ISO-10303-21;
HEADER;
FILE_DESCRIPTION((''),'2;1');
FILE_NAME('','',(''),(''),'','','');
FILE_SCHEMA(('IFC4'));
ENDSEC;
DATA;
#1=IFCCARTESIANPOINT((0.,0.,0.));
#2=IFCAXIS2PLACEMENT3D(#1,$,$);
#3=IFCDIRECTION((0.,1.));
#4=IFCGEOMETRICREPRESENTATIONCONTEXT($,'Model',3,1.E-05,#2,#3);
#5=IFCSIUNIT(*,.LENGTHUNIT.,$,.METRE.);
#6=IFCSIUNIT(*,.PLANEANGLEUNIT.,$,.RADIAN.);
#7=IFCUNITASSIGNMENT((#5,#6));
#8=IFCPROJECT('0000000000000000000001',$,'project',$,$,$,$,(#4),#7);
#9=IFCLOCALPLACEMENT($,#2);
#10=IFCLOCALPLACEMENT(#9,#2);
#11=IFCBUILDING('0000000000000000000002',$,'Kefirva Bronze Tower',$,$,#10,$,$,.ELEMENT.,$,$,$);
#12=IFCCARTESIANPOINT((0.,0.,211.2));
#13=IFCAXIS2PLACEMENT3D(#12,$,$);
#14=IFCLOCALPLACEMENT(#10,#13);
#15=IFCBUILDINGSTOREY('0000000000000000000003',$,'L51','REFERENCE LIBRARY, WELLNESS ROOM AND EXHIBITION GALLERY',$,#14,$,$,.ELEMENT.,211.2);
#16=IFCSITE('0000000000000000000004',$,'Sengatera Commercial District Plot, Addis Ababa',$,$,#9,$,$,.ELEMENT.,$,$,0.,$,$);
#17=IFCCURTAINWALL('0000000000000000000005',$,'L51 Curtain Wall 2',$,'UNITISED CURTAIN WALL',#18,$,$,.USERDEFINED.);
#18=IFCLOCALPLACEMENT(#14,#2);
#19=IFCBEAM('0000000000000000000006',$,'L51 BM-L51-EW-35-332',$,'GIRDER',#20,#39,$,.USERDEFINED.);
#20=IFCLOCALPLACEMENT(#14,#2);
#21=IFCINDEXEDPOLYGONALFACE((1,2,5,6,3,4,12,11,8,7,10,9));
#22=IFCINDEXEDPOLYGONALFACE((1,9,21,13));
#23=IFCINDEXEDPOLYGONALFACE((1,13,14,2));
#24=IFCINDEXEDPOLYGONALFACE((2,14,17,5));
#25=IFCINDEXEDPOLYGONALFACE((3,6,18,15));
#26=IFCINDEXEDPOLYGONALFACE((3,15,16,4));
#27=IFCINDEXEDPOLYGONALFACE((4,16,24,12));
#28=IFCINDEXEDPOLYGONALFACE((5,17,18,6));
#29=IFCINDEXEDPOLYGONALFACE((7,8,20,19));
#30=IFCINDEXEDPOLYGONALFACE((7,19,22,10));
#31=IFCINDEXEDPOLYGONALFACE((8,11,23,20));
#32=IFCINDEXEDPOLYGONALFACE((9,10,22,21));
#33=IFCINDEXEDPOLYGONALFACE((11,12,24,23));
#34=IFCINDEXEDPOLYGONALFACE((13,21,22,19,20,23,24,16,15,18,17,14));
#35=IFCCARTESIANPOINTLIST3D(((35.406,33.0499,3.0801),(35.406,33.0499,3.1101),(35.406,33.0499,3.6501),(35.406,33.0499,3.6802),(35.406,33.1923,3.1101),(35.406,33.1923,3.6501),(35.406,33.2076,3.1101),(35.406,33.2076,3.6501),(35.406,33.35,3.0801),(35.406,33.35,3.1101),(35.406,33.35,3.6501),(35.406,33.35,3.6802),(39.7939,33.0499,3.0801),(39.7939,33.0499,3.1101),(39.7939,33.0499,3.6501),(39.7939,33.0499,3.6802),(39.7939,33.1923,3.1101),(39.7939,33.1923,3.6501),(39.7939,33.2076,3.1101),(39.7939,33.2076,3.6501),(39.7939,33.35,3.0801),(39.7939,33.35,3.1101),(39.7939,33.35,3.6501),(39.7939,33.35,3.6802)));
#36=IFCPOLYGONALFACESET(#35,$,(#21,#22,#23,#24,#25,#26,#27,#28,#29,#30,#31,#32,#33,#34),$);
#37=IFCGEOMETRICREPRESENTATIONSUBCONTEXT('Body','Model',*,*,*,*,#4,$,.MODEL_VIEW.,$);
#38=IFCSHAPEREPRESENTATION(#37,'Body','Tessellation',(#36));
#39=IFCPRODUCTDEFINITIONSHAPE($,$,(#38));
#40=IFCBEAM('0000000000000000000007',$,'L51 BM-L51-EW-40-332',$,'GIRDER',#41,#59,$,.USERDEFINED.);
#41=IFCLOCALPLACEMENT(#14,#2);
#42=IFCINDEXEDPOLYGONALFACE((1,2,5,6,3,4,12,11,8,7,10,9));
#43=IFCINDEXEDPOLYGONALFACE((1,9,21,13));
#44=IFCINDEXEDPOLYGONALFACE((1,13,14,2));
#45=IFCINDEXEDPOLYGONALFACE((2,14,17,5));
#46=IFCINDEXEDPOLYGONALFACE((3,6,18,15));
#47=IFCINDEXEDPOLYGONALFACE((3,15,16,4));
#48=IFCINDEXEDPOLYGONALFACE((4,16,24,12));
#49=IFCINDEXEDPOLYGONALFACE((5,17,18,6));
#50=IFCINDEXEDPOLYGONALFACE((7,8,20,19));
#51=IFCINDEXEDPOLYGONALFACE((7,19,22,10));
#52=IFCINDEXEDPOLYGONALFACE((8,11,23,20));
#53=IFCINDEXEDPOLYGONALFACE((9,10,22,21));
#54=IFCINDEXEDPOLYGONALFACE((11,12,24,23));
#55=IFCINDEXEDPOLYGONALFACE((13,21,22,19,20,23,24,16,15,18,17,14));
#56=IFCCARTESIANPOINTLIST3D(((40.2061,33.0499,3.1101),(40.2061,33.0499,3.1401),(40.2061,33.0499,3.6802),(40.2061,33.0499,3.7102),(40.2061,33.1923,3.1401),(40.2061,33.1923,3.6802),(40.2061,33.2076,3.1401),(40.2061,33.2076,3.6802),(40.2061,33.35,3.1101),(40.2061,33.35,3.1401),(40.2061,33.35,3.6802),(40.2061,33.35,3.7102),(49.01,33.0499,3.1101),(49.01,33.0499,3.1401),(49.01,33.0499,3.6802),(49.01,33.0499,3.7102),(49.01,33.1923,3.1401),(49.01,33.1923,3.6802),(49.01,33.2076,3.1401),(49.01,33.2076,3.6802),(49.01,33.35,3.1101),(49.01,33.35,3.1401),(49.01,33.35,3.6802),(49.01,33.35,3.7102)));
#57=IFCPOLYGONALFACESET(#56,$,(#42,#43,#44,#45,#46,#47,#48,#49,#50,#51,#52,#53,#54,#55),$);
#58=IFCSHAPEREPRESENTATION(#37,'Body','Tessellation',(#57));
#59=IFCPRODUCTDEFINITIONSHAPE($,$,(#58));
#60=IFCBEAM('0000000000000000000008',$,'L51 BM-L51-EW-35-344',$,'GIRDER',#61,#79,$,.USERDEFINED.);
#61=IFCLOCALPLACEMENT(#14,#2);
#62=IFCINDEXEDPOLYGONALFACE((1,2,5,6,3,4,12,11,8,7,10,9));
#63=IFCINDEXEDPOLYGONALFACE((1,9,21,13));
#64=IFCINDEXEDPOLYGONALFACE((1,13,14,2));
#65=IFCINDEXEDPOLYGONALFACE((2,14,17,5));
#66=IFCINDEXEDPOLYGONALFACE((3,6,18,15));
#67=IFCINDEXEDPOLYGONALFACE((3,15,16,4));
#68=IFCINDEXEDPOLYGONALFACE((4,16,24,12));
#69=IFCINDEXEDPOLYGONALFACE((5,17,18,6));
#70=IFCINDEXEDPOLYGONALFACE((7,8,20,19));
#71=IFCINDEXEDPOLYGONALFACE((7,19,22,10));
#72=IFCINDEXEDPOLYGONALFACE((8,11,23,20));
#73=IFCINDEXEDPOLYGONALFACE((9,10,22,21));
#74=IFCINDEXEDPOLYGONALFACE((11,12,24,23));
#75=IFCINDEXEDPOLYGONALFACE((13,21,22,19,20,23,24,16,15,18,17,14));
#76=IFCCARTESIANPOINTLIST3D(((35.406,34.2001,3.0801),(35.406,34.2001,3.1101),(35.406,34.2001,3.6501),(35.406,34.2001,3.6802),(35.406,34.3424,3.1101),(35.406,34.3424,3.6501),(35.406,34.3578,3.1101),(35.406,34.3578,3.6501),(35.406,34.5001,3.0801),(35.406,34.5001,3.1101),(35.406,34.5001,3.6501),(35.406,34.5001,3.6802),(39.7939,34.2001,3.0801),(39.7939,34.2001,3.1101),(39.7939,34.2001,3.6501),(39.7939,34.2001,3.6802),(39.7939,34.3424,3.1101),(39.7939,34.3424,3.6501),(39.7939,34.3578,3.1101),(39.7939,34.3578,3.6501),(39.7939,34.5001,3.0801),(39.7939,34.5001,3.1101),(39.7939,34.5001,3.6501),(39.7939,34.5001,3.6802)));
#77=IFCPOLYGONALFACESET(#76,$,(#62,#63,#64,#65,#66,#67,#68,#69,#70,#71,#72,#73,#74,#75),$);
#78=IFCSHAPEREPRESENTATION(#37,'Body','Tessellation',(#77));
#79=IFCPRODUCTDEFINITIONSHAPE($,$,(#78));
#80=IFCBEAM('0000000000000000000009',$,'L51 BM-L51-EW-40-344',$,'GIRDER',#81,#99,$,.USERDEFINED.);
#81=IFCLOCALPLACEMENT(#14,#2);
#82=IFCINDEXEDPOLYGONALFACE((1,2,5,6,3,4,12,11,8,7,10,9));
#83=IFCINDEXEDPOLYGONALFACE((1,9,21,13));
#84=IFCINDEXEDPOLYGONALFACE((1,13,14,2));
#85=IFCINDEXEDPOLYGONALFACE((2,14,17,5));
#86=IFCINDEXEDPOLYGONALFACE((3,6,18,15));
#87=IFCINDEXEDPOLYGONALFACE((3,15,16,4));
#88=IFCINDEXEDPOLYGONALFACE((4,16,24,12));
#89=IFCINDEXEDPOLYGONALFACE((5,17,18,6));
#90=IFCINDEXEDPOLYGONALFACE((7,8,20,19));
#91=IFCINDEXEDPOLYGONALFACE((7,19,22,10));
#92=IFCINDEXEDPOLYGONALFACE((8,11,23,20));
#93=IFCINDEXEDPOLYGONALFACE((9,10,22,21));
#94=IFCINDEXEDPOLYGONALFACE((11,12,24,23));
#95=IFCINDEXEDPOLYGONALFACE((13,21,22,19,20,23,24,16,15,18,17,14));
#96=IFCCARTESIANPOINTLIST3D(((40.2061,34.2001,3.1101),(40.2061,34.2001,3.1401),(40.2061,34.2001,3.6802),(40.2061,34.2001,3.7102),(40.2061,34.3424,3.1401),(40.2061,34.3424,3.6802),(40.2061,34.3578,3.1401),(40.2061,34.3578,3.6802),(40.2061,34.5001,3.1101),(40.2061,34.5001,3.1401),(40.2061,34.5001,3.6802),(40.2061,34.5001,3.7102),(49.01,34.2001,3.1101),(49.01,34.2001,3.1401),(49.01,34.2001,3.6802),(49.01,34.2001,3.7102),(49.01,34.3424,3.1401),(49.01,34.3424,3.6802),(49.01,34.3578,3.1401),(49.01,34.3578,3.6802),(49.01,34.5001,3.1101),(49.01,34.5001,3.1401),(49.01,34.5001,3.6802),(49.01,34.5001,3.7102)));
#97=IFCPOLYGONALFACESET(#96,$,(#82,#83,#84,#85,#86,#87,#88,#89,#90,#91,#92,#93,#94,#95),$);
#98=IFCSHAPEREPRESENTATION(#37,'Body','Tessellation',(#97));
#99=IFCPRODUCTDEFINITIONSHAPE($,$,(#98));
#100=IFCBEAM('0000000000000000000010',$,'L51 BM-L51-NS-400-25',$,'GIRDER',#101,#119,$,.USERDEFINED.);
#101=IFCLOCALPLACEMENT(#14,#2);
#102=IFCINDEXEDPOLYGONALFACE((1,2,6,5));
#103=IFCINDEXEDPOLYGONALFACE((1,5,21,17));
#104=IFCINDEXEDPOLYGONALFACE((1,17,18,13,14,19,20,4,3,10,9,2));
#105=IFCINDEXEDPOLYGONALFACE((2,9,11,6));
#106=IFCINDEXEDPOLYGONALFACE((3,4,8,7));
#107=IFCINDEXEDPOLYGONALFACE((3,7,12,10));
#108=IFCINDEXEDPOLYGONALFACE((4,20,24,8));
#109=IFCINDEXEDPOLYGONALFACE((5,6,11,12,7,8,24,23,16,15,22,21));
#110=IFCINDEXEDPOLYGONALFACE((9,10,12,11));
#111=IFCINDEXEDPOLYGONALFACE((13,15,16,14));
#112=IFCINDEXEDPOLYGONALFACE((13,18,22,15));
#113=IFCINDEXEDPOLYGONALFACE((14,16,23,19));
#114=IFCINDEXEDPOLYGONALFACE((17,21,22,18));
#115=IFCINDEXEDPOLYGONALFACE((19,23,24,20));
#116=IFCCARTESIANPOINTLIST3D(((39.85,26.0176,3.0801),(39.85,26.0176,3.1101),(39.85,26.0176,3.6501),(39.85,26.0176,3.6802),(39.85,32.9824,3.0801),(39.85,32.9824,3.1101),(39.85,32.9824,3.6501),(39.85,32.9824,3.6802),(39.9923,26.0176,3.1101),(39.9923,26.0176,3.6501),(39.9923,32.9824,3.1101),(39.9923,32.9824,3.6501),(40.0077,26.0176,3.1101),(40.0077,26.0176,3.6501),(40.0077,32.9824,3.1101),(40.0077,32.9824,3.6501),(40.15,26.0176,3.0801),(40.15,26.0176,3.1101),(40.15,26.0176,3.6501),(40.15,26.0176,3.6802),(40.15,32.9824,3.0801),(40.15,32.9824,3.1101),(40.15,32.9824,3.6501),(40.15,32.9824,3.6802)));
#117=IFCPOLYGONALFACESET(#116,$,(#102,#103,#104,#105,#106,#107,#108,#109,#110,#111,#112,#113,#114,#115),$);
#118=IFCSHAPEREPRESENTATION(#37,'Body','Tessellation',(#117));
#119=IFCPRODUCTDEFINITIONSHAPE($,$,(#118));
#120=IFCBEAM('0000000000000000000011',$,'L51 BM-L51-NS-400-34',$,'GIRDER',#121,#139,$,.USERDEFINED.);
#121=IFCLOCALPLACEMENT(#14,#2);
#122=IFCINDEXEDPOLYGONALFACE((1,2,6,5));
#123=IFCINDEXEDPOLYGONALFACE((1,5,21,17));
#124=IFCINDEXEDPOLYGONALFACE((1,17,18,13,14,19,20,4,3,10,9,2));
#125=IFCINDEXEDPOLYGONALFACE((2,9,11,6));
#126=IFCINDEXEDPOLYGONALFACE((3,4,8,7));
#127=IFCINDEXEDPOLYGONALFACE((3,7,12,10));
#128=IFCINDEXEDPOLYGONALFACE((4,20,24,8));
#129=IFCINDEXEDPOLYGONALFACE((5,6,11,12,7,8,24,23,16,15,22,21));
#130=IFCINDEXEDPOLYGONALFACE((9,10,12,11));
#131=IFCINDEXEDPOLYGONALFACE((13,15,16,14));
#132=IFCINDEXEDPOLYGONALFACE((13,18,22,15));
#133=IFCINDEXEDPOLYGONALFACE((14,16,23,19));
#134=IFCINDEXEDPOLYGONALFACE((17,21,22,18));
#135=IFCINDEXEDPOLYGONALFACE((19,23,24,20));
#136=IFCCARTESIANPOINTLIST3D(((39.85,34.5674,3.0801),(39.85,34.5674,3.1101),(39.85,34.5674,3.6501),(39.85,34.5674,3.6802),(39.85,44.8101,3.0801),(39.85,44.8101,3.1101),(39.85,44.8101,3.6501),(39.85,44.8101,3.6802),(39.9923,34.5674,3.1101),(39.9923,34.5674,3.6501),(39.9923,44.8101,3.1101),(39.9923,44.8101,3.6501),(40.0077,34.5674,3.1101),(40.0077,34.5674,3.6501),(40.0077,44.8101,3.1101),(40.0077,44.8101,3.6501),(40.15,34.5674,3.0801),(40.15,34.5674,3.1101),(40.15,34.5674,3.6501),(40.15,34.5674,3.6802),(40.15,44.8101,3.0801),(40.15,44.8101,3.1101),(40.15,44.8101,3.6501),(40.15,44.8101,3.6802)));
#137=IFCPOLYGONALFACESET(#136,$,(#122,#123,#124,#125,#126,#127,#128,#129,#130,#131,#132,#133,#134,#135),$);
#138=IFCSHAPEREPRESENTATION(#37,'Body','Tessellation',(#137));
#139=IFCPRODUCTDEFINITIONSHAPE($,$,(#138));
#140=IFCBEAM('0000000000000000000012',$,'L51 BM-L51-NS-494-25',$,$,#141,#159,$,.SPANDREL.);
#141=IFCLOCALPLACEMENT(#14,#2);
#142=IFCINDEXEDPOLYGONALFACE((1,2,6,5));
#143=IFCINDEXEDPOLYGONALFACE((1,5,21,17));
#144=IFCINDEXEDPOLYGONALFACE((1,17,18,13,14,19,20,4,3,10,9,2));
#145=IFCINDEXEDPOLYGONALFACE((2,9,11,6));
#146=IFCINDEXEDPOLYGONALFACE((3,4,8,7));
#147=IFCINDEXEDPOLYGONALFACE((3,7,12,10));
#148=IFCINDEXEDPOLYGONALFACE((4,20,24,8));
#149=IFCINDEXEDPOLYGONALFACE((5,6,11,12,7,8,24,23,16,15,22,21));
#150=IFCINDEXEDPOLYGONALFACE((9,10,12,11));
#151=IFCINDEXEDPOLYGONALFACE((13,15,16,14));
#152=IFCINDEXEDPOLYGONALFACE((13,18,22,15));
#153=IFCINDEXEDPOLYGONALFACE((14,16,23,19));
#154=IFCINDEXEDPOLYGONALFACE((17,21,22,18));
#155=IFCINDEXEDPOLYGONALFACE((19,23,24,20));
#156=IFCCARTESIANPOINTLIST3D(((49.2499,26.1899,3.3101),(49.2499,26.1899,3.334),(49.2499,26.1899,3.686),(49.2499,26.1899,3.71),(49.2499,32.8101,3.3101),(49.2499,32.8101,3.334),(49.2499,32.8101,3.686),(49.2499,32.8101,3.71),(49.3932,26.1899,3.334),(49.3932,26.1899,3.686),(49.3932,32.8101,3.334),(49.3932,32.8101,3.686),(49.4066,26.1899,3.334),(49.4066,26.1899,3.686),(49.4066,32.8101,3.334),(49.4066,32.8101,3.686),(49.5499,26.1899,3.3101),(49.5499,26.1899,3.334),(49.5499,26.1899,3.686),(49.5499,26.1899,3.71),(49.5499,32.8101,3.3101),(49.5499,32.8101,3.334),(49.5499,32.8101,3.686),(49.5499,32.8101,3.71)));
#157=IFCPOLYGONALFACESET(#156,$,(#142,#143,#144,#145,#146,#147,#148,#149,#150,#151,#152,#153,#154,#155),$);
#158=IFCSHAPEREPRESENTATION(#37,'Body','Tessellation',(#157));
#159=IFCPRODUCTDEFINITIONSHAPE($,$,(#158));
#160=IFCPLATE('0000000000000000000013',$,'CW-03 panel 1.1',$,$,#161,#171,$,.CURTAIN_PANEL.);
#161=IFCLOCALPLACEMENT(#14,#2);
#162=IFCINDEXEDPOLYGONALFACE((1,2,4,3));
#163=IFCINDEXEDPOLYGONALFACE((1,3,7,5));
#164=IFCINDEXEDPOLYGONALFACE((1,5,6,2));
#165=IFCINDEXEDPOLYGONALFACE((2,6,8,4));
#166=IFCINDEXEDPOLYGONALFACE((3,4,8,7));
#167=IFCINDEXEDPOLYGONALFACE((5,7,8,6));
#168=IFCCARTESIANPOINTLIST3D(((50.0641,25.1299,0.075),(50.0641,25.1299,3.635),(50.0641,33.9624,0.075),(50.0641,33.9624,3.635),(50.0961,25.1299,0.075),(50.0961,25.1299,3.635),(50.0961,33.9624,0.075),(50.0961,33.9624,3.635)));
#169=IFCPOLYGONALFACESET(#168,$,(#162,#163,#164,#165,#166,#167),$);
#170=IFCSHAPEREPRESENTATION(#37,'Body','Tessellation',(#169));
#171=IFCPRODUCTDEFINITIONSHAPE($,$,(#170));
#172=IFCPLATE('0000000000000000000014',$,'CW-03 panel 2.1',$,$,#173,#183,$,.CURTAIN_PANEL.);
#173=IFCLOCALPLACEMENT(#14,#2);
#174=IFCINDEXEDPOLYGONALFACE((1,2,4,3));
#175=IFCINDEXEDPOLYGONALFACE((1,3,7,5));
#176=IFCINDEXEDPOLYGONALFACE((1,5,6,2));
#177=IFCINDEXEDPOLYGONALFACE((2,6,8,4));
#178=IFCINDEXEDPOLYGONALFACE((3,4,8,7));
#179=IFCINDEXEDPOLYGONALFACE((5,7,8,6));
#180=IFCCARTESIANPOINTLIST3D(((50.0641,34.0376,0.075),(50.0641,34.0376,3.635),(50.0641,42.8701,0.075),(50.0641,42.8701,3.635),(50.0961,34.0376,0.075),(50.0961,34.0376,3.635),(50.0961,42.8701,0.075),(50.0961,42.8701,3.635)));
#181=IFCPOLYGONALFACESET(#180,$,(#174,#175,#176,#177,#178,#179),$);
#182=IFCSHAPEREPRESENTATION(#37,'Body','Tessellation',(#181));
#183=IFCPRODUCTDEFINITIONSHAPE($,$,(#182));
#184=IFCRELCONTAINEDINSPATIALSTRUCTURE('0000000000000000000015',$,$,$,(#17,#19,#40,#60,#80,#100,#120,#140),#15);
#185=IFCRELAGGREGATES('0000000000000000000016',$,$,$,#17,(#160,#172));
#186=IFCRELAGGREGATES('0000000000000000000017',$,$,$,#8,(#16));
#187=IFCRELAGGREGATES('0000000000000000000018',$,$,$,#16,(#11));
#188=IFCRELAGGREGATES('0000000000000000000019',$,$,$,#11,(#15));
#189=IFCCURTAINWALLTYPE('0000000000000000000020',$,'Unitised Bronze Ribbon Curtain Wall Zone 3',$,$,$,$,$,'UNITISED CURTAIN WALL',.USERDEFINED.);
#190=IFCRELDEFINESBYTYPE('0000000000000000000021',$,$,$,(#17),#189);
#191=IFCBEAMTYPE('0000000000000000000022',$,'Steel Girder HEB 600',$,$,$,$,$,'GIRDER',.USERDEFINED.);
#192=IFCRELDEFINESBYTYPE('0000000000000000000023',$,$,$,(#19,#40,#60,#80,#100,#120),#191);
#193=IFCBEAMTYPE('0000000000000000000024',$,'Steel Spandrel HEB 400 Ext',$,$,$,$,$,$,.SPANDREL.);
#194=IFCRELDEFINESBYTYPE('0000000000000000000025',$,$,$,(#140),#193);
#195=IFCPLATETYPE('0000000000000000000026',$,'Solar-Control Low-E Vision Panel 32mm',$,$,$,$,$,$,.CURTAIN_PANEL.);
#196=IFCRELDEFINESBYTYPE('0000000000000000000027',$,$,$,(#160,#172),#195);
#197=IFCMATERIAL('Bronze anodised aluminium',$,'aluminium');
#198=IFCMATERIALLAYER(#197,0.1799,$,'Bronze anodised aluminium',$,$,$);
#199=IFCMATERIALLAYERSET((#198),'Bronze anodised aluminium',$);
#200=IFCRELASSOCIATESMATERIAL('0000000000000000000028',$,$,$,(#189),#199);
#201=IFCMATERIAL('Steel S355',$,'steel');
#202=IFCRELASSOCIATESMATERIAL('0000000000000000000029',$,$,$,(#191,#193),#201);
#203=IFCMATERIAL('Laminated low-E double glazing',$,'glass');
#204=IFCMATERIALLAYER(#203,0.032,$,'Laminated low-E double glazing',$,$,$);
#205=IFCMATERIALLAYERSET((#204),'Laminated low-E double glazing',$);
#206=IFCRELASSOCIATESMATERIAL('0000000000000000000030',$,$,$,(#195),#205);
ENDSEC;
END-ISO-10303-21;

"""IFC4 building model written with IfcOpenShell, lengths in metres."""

from ifc_helpers import new_model, si_unit, direction, frame, origin, origin_2d, place, context, subcontext, project, spatial, rectangle, i_section, extrude, material, layer, layer_set, material_profile, profile_set, type_object, element, aggregate, save


model = new_model("IFC4")

# Units and contexts
model_context = context("Model", 3, precision=1e-05, world=origin(), true_north=direction((0.0, 1.0)))
body_context = subcontext(model_context, "Body", "Model", "MODEL_VIEW")
ifc_project = project(units=[si_unit("LENGTHUNIT", "METRE"), si_unit("PLANEANGLEUNIT", "RADIAN")], contexts=[model_context])

# Site, building, storey
site_placement = place(None, origin())
site = spatial("IfcSite", under=ifc_project, at=site_placement, Name="Sengatera Commercial District Plot, Addis Ababa", CompositionType="ELEMENT", RefElevation=0.0)
building_placement = place(site_placement, origin())
building = spatial("IfcBuilding", under=site, at=building_placement, Name="Kefirva Bronze Tower", CompositionType="ELEMENT")
storey_placement = place(building_placement, frame((0.0, 0.0, 211.2)))
storey = spatial("IfcBuildingStorey", under=building, at=storey_placement, Name="L51", Description="REFERENCE LIBRARY, WELLNESS ROOM AND EXHIBITION GALLERY", CompositionType="ELEMENT", Elevation=211.2)

# Curtain wall
ifc_material_1 = material(Name="Bronze anodised aluminium", Category="aluminium")
ifc_layer_1 = layer(ifc_material_1, 0.1799, Name="Bronze anodised aluminium")
ifc_layer_set_1 = layer_set([ifc_layer_1], Name="Bronze anodised aluminium")
curtain_wall_type = type_object("IfcCurtainWallType", Name="Unitised Bronze Ribbon Curtain Wall Zone 3", ElementType="UNITISED CURTAIN WALL", PredefinedType="USERDEFINED", material=ifc_layer_set_1)
curtain_wall_placement = place(storey_placement, origin())
curtain_wall = element("IfcCurtainWall", 1, at=curtain_wall_placement, inside=storey, type_object=curtain_wall_type, Name="L51 Curtain Wall 2", ObjectType="UNITISED CURTAIN WALL", PredefinedType="USERDEFINED")

# Beams
ifc_material_2 = material(Name="Steel S355", Category="steel")
ifc_material_profile_1 = material_profile(ifc_material_2, i_section(OverallWidth=0.3, OverallDepth=0.6001, WebThickness=0.0154, FlangeThickness=0.03, at=origin_2d()), Name="HEB 600")
ifc_profile_set_1 = profile_set([ifc_material_profile_1], Name="Steel S355")
beam_type_1 = type_object("IfcBeamType", Name="Steel Girder HEB 600", ElementType="GIRDER", PredefinedType="USERDEFINED", material=ifc_profile_set_1)
beam_1_placement = place(storey_placement, frame((35.406, 33.2, 3.3801), z_axis=(1.0, 0.0, 0.0), x_axis=(0.0, 1.0, 0.0)))
element("IfcBeam", 2, at=beam_1_placement, inside=storey, type_object=beam_type_1, Name="L51 BM-L51-EW-35-332", ObjectType="GIRDER", PredefinedType="USERDEFINED", context=body_context, shape_type="SweptSolid", body=[
    extrude(i_section(OverallWidth=0.3, OverallDepth=0.6001, WebThickness=0.0154, FlangeThickness=0.03, at=origin_2d()), origin(), (0.0, 0.0, 1.0), 4.3879),
])
beam_2_placement = place(storey_placement, frame((40.2061, 33.2, 3.4102), z_axis=(1.0, 0.0, 0.0), x_axis=(0.0, 1.0, 0.0)))
element("IfcBeam", 3, at=beam_2_placement, inside=storey, type_object=beam_type_1, Name="L51 BM-L51-EW-40-332", ObjectType="GIRDER", PredefinedType="USERDEFINED", context=body_context, shape_type="SweptSolid", body=[
    extrude(i_section(OverallWidth=0.3, OverallDepth=0.6001, WebThickness=0.0154, FlangeThickness=0.03, at=origin_2d()), origin(), (0.0, 0.0, 1.0), 8.804),
])
beam_3_placement = place(storey_placement, frame((35.406, 34.3501, 3.3801), z_axis=(1.0, 0.0, 0.0), x_axis=(0.0, 1.0, 0.0)))
element("IfcBeam", 4, at=beam_3_placement, inside=storey, type_object=beam_type_1, Name="L51 BM-L51-EW-35-344", ObjectType="GIRDER", PredefinedType="USERDEFINED", context=body_context, shape_type="SweptSolid", body=[
    extrude(i_section(OverallWidth=0.3, OverallDepth=0.6001, WebThickness=0.0154, FlangeThickness=0.03, at=origin_2d()), origin(), (0.0, 0.0, 1.0), 4.3879),
])
beam_4_placement = place(storey_placement, frame((40.2061, 34.3501, 3.4102), z_axis=(1.0, 0.0, 0.0), x_axis=(0.0, 1.0, 0.0)))
element("IfcBeam", 5, at=beam_4_placement, inside=storey, type_object=beam_type_1, Name="L51 BM-L51-EW-40-344", ObjectType="GIRDER", PredefinedType="USERDEFINED", context=body_context, shape_type="SweptSolid", body=[
    extrude(i_section(OverallWidth=0.3, OverallDepth=0.6001, WebThickness=0.0154, FlangeThickness=0.03, at=origin_2d()), origin(), (0.0, 0.0, 1.0), 8.804),
])
beam_5_placement = place(storey_placement, frame((40.0, 26.0176, 3.3801), z_axis=(0.0, 1.0, 0.0), x_axis=(-1.0, 0.0, 0.0)))
element("IfcBeam", 6, at=beam_5_placement, inside=storey, type_object=beam_type_1, Name="L51 BM-L51-NS-400-25", ObjectType="GIRDER", PredefinedType="USERDEFINED", context=body_context, shape_type="SweptSolid", body=[
    extrude(i_section(OverallWidth=0.3, OverallDepth=0.6001, WebThickness=0.0154, FlangeThickness=0.03, at=origin_2d()), origin(), (0.0, 0.0, 1.0), 6.9648),
])
beam_6_placement = place(storey_placement, frame((40.0, 34.5674, 3.3801), z_axis=(0.0, 1.0, 0.0), x_axis=(-1.0, 0.0, 0.0)))
element("IfcBeam", 7, at=beam_6_placement, inside=storey, type_object=beam_type_1, Name="L51 BM-L51-NS-400-34", ObjectType="GIRDER", PredefinedType="USERDEFINED", context=body_context, shape_type="SweptSolid", body=[
    extrude(i_section(OverallWidth=0.3, OverallDepth=0.6001, WebThickness=0.0154, FlangeThickness=0.03, at=origin_2d()), origin(), (0.0, 0.0, 1.0), 10.2427),
])
ifc_material_profile_2 = material_profile(ifc_material_2, i_section(OverallWidth=0.3, OverallDepth=0.3999, WebThickness=0.0134, FlangeThickness=0.0239, at=origin_2d()), Name="HEB 400")
ifc_profile_set_2 = profile_set([ifc_material_profile_2], Name="Steel S355")
beam_type_2 = type_object("IfcBeamType", Name="Steel Spandrel HEB 400 Ext", PredefinedType="SPANDREL", material=ifc_profile_set_2)
beam_7_placement = place(storey_placement, frame((49.3999, 26.1899, 3.51), z_axis=(0.0, 1.0, 0.0), x_axis=(-1.0, 0.0, 0.0)))
element("IfcBeam", 8, at=beam_7_placement, inside=storey, type_object=beam_type_2, Name="L51 BM-L51-NS-494-25", PredefinedType="SPANDREL", context=body_context, shape_type="SweptSolid", body=[
    extrude(i_section(OverallWidth=0.3, OverallDepth=0.3999, WebThickness=0.0134, FlangeThickness=0.0239, at=origin_2d()), origin(), (0.0, 0.0, 1.0), 6.6201),
])

# Plates
ifc_material_3 = material(Name="Laminated low-E double glazing", Category="glass")
ifc_layer_2 = layer(ifc_material_3, 0.032, Name="Laminated low-E double glazing")
ifc_layer_set_2 = layer_set([ifc_layer_2], Name="Laminated low-E double glazing")
plate_type = type_object("IfcPlateType", Name="Solar-Control Low-E Vision Panel 32mm", PredefinedType="CURTAIN_PANEL", material=ifc_layer_set_2)
plate_1_placement = place(storey_placement, frame((50.0801, 29.5461, 0.075), z_axis=(0.0, 0.0, 1.0), x_axis=(0.0, 1.0, 0.0)))
plate_1 = element("IfcPlate", 9, at=plate_1_placement, type_object=plate_type, Name="CW-03 panel 1.1", PredefinedType="CURTAIN_PANEL", context=body_context, shape_type="SweptSolid", body=[
    extrude(rectangle(XDim=8.8325, YDim=0.032, at=origin_2d()), origin(), (0.0, 0.0, 1.0), 3.5601),
])
plate_2_placement = place(storey_placement, frame((50.0801, 38.4539, 0.075), z_axis=(0.0, 0.0, 1.0), x_axis=(0.0, 1.0, 0.0)))
plate_2 = element("IfcPlate", 10, at=plate_2_placement, type_object=plate_type, Name="CW-03 panel 2.1", PredefinedType="CURTAIN_PANEL", context=body_context, shape_type="SweptSolid", body=[
    extrude(rectangle(XDim=8.8325, YDim=0.032, at=origin_2d()), origin(), (0.0, 0.0, 1.0), 3.5601),
])
aggregate(curtain_wall, [plate_1, plate_2])

save(model, "model.ifc")
